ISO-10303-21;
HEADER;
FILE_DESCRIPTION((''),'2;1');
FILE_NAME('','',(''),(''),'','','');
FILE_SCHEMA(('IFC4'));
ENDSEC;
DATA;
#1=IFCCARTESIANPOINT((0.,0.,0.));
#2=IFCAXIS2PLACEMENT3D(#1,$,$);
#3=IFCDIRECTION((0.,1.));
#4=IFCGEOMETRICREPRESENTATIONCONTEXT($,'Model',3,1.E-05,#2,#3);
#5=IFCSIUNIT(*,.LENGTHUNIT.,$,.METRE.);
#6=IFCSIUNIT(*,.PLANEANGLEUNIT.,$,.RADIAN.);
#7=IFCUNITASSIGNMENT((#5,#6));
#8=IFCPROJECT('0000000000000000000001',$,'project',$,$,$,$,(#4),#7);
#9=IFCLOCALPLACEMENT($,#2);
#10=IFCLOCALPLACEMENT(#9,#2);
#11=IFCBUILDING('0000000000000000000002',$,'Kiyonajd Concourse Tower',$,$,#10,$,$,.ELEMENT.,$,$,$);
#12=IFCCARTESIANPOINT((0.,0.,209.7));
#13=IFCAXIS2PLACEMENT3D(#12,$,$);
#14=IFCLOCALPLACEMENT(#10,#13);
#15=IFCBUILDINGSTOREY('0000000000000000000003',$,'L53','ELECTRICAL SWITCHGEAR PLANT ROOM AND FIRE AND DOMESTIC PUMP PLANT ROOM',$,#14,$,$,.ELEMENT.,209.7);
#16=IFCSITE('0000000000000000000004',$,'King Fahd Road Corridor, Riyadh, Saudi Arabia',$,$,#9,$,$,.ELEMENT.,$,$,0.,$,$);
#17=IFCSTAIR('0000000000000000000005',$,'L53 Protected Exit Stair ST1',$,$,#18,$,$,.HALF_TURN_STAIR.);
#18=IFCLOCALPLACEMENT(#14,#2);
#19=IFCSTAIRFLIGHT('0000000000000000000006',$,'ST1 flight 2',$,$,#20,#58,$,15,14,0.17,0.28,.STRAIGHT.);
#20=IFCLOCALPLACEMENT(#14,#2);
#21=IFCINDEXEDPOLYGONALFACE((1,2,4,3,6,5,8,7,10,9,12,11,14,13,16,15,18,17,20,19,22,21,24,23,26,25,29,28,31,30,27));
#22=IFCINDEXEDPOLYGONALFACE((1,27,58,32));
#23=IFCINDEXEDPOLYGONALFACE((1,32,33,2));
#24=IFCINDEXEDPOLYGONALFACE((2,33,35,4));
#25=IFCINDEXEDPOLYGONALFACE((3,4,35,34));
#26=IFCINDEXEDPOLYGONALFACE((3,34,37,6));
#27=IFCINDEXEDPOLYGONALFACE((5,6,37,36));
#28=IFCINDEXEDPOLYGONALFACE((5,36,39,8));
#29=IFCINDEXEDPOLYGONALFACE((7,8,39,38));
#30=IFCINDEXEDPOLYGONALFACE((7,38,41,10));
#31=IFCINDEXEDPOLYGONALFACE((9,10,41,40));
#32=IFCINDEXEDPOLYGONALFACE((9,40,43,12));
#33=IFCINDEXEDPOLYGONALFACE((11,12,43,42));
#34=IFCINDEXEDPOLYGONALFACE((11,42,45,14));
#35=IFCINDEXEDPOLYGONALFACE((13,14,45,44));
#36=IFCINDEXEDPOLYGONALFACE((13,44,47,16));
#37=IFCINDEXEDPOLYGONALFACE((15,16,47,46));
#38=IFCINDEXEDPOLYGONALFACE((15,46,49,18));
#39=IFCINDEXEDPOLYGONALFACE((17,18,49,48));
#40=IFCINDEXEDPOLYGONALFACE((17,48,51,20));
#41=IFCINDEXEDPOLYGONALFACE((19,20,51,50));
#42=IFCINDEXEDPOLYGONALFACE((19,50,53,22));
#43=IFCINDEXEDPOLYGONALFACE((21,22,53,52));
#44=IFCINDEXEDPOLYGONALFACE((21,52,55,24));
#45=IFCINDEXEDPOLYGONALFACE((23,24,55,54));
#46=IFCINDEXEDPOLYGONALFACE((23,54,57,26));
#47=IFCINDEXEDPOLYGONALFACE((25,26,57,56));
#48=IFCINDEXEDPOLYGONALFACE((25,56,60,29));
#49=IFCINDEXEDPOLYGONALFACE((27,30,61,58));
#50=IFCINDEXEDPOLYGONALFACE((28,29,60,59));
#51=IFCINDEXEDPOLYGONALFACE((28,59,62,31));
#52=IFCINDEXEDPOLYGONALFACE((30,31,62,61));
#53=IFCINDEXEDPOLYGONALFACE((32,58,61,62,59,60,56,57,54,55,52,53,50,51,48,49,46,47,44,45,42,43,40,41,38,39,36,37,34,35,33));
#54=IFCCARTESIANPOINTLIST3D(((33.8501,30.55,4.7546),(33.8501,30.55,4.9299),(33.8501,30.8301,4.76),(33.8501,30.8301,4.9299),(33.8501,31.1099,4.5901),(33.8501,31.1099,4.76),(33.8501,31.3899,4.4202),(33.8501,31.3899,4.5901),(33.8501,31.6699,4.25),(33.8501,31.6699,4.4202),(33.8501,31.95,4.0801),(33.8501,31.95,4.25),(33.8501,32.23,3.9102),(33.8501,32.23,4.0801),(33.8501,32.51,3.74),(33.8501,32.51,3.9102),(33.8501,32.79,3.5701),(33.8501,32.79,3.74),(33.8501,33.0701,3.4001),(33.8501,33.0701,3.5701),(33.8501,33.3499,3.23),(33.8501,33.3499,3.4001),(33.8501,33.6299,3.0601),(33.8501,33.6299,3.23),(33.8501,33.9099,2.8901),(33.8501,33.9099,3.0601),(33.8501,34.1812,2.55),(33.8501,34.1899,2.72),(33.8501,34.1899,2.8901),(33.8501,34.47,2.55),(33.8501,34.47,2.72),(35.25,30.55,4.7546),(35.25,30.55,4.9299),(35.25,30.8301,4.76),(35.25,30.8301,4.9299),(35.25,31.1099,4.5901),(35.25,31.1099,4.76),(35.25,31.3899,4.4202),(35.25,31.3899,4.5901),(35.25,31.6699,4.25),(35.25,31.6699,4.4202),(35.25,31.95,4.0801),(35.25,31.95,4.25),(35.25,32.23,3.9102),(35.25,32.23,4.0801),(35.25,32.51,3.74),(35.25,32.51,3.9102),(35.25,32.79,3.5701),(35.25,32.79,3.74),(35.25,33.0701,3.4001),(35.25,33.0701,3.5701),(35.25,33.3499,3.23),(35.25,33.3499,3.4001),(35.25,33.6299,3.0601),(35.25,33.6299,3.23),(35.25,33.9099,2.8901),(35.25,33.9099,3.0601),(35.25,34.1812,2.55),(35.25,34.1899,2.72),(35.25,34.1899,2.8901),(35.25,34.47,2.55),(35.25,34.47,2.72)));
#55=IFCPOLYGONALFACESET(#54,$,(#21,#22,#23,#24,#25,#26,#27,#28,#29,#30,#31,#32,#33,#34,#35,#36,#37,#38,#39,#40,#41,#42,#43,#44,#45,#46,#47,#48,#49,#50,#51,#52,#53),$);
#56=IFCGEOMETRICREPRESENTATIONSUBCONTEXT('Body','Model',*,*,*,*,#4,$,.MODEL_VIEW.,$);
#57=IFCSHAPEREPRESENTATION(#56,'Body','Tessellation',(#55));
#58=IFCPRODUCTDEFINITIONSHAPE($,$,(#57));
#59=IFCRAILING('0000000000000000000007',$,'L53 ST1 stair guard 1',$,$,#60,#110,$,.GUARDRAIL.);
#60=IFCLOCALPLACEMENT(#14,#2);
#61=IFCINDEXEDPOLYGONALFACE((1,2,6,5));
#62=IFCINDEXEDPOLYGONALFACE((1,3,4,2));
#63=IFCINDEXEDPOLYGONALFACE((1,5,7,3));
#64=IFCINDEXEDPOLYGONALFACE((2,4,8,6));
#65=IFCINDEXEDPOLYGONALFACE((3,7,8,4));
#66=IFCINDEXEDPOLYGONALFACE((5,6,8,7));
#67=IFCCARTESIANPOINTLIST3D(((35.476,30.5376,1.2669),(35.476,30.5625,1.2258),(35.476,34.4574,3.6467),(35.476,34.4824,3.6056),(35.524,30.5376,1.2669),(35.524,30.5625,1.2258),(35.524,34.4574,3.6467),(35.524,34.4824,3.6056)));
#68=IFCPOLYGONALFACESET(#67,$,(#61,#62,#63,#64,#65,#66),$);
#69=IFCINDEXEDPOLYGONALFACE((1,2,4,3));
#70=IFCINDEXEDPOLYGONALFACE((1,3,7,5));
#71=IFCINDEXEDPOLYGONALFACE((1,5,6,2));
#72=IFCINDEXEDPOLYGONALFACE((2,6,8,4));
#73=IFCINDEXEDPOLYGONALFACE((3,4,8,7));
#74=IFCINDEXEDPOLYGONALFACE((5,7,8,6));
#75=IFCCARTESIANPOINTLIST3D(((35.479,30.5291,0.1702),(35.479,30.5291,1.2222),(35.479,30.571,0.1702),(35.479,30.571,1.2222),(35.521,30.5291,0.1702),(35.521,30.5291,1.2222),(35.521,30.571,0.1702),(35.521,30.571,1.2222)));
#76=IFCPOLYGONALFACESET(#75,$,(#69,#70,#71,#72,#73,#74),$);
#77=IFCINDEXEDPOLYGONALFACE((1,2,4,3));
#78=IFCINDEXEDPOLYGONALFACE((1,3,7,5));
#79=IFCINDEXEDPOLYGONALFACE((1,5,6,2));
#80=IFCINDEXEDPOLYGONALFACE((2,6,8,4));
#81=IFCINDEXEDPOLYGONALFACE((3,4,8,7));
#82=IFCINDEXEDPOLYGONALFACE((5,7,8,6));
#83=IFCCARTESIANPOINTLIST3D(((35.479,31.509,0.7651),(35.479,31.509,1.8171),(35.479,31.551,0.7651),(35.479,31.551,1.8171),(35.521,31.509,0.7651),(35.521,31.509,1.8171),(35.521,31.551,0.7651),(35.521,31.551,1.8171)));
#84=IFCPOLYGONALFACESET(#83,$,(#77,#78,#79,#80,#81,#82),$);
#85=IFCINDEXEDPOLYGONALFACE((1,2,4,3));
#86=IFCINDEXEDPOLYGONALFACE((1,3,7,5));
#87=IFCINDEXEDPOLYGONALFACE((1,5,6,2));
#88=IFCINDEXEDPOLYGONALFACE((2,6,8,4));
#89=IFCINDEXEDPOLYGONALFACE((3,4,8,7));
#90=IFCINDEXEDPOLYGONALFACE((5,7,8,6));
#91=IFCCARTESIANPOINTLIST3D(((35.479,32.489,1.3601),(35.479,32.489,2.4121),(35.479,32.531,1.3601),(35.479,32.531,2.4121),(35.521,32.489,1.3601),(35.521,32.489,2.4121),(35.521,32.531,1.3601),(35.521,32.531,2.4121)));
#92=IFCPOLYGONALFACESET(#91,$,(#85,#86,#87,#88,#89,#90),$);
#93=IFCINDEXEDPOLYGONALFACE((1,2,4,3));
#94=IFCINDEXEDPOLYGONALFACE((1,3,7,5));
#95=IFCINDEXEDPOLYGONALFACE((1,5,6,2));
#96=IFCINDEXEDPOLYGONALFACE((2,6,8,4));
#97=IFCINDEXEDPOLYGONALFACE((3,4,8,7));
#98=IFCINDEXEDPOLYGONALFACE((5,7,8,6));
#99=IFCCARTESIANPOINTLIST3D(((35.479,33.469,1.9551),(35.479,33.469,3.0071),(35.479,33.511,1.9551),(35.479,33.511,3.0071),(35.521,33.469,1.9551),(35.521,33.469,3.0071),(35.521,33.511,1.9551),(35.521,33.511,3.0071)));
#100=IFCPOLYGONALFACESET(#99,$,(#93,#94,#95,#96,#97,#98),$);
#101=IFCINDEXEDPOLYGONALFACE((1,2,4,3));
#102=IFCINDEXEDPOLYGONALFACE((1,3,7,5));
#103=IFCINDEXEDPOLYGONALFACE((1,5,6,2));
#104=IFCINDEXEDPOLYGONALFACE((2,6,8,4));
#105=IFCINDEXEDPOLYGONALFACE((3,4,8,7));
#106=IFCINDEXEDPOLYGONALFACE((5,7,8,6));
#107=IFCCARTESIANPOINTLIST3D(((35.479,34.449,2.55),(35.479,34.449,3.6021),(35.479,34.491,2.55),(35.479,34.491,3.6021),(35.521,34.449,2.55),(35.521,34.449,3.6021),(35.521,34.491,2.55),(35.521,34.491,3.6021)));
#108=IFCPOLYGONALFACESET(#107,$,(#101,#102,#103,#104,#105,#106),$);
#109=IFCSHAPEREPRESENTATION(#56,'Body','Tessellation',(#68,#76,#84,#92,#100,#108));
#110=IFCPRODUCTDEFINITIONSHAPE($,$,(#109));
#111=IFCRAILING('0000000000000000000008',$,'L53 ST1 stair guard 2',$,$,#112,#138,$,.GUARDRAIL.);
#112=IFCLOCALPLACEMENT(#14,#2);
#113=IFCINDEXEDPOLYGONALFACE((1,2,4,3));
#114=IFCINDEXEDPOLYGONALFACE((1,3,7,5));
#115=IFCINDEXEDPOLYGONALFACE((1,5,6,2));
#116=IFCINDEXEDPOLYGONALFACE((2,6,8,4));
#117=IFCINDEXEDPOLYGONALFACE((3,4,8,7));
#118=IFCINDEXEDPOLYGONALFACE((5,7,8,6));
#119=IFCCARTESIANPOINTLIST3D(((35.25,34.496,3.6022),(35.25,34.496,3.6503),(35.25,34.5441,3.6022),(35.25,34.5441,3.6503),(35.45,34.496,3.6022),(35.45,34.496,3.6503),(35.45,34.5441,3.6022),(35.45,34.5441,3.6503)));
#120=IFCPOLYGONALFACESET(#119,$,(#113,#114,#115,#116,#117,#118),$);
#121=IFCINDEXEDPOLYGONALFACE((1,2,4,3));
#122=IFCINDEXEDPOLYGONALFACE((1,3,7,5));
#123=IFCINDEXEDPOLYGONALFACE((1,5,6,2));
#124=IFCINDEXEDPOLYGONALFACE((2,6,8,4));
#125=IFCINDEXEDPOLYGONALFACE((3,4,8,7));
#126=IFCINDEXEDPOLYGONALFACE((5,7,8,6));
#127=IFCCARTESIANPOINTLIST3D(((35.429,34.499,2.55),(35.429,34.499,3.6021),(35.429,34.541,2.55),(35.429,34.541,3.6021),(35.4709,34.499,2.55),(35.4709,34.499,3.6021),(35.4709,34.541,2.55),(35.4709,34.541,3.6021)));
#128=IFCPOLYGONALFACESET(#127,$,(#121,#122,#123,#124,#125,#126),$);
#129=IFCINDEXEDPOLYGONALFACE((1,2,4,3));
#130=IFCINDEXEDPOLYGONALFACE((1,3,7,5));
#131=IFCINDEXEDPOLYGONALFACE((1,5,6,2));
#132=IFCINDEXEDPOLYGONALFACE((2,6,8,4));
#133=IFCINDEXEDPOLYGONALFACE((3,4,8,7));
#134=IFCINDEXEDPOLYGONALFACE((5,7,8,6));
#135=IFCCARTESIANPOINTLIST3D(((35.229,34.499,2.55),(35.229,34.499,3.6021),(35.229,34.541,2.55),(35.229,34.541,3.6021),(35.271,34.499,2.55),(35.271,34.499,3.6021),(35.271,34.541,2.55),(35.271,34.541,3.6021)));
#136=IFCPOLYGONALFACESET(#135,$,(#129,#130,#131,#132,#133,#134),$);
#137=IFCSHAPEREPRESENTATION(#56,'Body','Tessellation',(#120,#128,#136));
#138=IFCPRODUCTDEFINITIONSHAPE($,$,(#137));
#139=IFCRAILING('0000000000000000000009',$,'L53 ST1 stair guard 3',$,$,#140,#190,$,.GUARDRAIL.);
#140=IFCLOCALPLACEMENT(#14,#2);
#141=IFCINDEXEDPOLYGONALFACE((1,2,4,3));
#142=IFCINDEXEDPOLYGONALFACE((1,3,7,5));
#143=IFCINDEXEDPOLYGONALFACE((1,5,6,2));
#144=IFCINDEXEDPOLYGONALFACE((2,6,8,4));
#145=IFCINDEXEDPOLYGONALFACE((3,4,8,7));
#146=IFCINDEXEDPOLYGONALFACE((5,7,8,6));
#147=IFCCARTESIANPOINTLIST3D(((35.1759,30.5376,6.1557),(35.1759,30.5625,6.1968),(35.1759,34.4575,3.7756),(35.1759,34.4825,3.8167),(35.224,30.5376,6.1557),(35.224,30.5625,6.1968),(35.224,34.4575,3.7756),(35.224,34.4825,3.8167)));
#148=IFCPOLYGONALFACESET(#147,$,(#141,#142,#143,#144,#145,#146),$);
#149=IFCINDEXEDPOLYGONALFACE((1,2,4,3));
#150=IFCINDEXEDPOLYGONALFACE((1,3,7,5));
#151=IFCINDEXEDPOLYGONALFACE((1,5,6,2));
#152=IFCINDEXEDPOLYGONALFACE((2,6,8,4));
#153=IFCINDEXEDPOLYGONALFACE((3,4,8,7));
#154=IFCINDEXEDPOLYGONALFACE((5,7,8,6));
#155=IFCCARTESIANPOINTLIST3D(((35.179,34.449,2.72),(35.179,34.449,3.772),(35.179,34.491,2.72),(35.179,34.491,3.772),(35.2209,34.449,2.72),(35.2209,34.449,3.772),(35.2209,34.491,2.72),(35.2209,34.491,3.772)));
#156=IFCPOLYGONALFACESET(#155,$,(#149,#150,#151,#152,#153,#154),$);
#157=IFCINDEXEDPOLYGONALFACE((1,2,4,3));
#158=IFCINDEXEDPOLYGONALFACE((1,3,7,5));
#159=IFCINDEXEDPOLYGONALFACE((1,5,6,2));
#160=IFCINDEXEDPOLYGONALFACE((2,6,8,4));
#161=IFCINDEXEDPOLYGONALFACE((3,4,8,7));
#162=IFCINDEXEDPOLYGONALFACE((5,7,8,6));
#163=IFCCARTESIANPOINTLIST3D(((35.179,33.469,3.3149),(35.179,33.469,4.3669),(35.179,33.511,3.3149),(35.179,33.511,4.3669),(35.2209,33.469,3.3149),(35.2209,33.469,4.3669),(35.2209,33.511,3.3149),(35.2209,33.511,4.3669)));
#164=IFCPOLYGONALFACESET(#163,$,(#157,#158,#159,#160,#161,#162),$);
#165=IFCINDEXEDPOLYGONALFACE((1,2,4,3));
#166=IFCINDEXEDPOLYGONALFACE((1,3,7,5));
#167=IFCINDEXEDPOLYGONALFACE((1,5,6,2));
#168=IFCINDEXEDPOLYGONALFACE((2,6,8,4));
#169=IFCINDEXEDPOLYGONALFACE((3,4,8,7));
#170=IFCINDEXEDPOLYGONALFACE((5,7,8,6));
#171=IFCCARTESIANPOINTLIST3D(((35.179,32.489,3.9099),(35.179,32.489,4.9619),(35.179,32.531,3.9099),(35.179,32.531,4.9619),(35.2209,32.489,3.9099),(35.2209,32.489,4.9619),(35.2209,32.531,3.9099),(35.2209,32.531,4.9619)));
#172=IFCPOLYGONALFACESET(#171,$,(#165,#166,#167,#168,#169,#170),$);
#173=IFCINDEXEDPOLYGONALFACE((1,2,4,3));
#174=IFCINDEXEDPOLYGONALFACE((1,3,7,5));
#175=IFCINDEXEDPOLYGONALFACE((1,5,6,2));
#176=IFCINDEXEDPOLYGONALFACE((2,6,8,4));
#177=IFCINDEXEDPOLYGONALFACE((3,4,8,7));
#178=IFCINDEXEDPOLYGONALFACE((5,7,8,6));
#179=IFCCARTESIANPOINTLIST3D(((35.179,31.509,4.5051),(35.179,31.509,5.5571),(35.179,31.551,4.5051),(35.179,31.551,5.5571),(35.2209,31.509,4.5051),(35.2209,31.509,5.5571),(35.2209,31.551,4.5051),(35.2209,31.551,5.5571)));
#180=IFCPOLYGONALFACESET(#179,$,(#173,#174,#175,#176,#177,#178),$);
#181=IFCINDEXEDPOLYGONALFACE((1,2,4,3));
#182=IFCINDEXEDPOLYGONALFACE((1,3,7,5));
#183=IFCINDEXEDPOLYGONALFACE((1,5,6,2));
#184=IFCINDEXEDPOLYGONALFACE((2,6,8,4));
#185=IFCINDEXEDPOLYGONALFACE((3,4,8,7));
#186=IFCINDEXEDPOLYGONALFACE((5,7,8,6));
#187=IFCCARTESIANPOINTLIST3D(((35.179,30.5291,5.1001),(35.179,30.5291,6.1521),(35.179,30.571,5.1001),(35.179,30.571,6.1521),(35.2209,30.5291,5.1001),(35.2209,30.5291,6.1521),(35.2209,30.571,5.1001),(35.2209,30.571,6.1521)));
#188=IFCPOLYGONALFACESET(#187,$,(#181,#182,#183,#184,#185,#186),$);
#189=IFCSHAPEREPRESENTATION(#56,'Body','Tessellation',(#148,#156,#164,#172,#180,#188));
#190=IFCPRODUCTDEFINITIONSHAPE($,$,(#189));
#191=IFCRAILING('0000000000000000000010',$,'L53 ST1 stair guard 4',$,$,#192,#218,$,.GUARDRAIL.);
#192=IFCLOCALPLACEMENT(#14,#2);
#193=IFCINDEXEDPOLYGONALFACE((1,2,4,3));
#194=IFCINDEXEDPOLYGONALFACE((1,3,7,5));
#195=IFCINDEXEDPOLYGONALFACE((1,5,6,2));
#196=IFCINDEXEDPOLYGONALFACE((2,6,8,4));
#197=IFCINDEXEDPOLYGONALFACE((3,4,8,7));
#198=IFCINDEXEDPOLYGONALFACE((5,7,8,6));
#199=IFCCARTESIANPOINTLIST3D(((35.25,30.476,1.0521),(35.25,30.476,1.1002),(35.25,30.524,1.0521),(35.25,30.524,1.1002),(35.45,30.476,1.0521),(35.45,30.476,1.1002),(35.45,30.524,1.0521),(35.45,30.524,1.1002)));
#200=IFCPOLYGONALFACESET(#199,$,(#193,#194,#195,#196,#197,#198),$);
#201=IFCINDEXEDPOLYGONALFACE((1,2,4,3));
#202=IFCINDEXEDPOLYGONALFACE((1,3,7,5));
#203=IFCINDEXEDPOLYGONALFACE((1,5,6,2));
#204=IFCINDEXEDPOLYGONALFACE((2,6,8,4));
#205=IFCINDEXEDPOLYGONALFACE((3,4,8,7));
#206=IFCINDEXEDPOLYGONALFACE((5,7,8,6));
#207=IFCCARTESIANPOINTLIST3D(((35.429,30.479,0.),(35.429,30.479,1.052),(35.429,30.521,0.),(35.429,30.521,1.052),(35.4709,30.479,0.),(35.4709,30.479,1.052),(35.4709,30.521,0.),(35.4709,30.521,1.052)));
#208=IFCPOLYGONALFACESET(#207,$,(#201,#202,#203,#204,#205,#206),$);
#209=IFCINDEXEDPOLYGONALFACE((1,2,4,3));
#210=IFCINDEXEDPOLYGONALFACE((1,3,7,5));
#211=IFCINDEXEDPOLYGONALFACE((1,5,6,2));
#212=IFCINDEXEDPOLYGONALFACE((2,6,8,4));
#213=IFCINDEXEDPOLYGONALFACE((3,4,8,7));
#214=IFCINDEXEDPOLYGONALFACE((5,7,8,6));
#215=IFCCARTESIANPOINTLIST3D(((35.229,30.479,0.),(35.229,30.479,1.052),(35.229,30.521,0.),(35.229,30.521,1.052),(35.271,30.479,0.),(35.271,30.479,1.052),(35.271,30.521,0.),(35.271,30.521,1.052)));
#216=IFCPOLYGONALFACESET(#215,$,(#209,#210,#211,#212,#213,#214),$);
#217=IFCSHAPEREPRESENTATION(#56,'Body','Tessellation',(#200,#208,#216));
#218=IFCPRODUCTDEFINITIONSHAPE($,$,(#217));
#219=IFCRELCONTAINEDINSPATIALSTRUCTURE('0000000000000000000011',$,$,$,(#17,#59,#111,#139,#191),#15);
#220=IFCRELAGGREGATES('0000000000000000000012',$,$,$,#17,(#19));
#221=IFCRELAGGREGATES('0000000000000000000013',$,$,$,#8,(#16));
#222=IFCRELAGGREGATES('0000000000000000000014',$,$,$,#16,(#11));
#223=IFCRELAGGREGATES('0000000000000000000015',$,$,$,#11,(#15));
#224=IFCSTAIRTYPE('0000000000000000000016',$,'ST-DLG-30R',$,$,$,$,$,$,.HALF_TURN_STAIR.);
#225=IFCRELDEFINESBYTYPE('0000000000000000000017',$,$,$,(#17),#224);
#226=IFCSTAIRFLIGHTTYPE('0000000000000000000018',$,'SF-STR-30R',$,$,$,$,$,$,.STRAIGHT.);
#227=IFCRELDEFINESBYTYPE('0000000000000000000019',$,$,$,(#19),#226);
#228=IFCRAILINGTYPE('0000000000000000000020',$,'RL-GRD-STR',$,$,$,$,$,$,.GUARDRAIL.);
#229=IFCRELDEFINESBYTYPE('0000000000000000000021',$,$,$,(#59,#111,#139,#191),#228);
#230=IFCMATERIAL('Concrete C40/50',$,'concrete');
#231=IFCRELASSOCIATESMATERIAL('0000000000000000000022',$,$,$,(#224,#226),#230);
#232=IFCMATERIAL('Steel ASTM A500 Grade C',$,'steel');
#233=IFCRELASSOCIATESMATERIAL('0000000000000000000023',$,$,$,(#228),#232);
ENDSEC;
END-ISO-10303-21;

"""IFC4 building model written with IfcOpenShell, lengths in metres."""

from ifc_helpers import new_model, si_unit, direction, frame, origin, origin_2d, place, context, subcontext, project, spatial, polyline, rectangle, outline, extrude, material, type_object, element, aggregate, save


model = new_model("IFC4")

# Units and contexts
model_context = context("Model", 3, precision=1e-05, world=origin(), true_north=direction((0.0, 1.0)))
body_context = subcontext(model_context, "Body", "Model", "MODEL_VIEW")
ifc_project = project(units=[si_unit("LENGTHUNIT", "METRE"), si_unit("PLANEANGLEUNIT", "RADIAN")], contexts=[model_context])

# Site, building, storey
site_placement = place(None, origin())
site = spatial("IfcSite", under=ifc_project, at=site_placement, Name="King Fahd Road Corridor, Riyadh, Saudi Arabia", CompositionType="ELEMENT", RefElevation=0.0)
building_placement = place(site_placement, origin())
building = spatial("IfcBuilding", under=site, at=building_placement, Name="Kiyonajd Concourse Tower", CompositionType="ELEMENT")
storey_placement = place(building_placement, frame((0.0, 0.0, 209.7)))
storey = spatial("IfcBuildingStorey", under=building, at=storey_placement, Name="L53", Description="ELECTRICAL SWITCHGEAR PLANT ROOM AND FIRE AND DOMESTIC PUMP PLANT ROOM", CompositionType="ELEMENT", Elevation=209.7)

# Stair, stair flight
ifc_material_1 = material(Name="Concrete C40/50", Category="concrete")
stair_type = type_object("IfcStairType", Name="ST-DLG-30R", PredefinedType="HALF_TURN_STAIR", material=ifc_material_1)
stair_placement = place(storey_placement, origin())
stair = element("IfcStair", 1, at=stair_placement, inside=storey, type_object=stair_type, Name="L53 Protected Exit Stair ST1", PredefinedType="HALF_TURN_STAIR")
stair_flight_type = type_object("IfcStairFlightType", Name="SF-STR-30R", PredefinedType="STRAIGHT", material=ifc_material_1)
stair_flight_1_placement = place(storey_placement, frame((34.55, 34.47, 2.55), z_axis=(0.0, 0.0, 1.0), x_axis=(0.0, -1.0, 0.0)))
stair_flight_1 = element("IfcStairFlight", 2, at=stair_flight_1_placement, type_object=stair_flight_type, Name="ST1 flight 2", NumberOfRisers=15, NumberOfTreads=14, PredefinedType="STRAIGHT", RiserHeight=0.17, TreadLength=0.28, context=body_context, shape_type="SweptSolid", body=[
    extrude(outline(polyline([(0.0, 0.0), (0.0, 0.1699), (0.28, 0.1699), (0.28, 0.3401), (0.5601, 0.3401), (0.5601, 0.51), (0.8401, 0.51), (0.8401, 0.6799), (1.1201, 0.6799), (1.1201, 0.8501), (1.3999, 0.8501), (1.3999, 1.02), (1.6799, 1.02), (1.6799, 1.1899), (1.96, 1.1899), (1.96, 1.3601), (2.24, 1.3601), (2.24, 1.53), (2.52, 1.53), (2.52, 1.7), (2.8, 1.7), (2.8, 1.8701), (3.0801, 1.8701), (3.0801, 2.04), (3.3601, 2.04), (3.3601, 2.21), (3.6399, 2.21), (3.6399, 2.3799), (3.9199, 2.3799), (3.9199, 2.55), (3.9199, 2.2046), (0.2888, 0.0), (0.0, 0.0)])), frame((0.0, 0.7, 0.0), z_axis=(0.0, -1.0, 0.0), x_axis=(1.0, 0.0, 0.0)), (0.0, 0.0, 1.0), 1.3999),
])
aggregate(stair, [stair_flight_1])

# Railings
ifc_material_2 = material(Name="Steel ASTM A500 Grade C", Category="steel")
railing_type_1 = type_object("IfcRailingType", Name="RL-GRD-STR", PredefinedType="GUARDRAIL", material=ifc_material_2)
railing_1_placement = place(storey_placement, frame((35.5, 30.55, 0.1702)))
element("IfcRailing", 3, at=railing_1_placement, inside=storey, type_object=railing_type_1, Name="L53 ST1 stair guard 1", PredefinedType="GUARDRAIL", context=body_context, shape_type="SweptSolid", body=[
    extrude(rectangle(XDim=0.0481, YDim=0.0481, at=origin_2d()), frame((0.0, 0.0, 1.0762), z_axis=(0.0, 0.854794, 0.518967), x_axis=(-1.0, 0.0, 0.0)), (0.0, 0.0, 1.0), 4.5857),
    extrude(rectangle(XDim=0.042, YDim=0.042, at=origin_2d()), origin(), (0.0, 0.0, 1.0), 1.052),
    extrude(rectangle(XDim=0.042, YDim=0.042, at=origin_2d()), frame((0.0, 0.98, 0.595)), (0.0, 0.0, 1.0), 1.052),
    extrude(rectangle(XDim=0.042, YDim=0.042, at=origin_2d()), frame((0.0, 1.96, 1.1899)), (0.0, 0.0, 1.0), 1.052),
    extrude(rectangle(XDim=0.042, YDim=0.042, at=origin_2d()), frame((0.0, 2.9399, 1.7849)), (0.0, 0.0, 1.0), 1.052),
    extrude(rectangle(XDim=0.042, YDim=0.042, at=origin_2d()), frame((0.0, 3.9199, 2.3799)), (0.0, 0.0, 1.0), 1.052),
])
railing_2_placement = place(storey_placement, frame((35.45, 34.52, 2.55)))
element("IfcRailing", 4, at=railing_2_placement, inside=storey, type_object=railing_type_1, Name="L53 ST1 stair guard 2", PredefinedType="GUARDRAIL", context=body_context, shape_type="SweptSolid", body=[
    extrude(rectangle(XDim=0.0481, YDim=0.0481, at=origin_2d()), frame((0.0, 0.0, 1.0762), z_axis=(-1.0, 0.0, 0.0), x_axis=(0.0, -1.0, 0.0)), (0.0, 0.0, 1.0), 0.2),
    extrude(rectangle(XDim=0.042, YDim=0.042, at=origin_2d()), origin(), (0.0, 0.0, 1.0), 1.052),
    extrude(rectangle(XDim=0.042, YDim=0.042, at=origin_2d()), frame((-0.2, 0.0, 0.0)), (0.0, 0.0, 1.0), 1.052),
])
railing_3_placement = place(storey_placement, frame((35.2, 34.47, 2.72)))
element("IfcRailing", 5, at=railing_3_placement, inside=storey, type_object=railing_type_1, Name="L53 ST1 stair guard 3", PredefinedType="GUARDRAIL", context=body_context, shape_type="SweptSolid", body=[
    extrude(rectangle(XDim=0.0481, YDim=0.0481, at=origin_2d()), frame((0.0, 0.0, 1.0762), z_axis=(0.0, -0.854771, 0.519006), x_axis=(1.0, 0.0, 0.0)), (0.0, 0.0, 1.0), 4.5859),
    extrude(rectangle(XDim=0.042, YDim=0.042, at=origin_2d()), origin(), (0.0, 0.0, 1.0), 1.052),
    extrude(rectangle(XDim=0.042, YDim=0.042, at=origin_2d()), frame((0.0, -0.98, 0.595)), (0.0, 0.0, 1.0), 1.052),
    extrude(rectangle(XDim=0.042, YDim=0.042, at=origin_2d()), frame((0.0, -1.96, 1.1899)), (0.0, 0.0, 1.0), 1.052),
    extrude(rectangle(XDim=0.042, YDim=0.042, at=origin_2d()), frame((0.0, -2.9399, 1.7852)), (0.0, 0.0, 1.0), 1.052),
    extrude(rectangle(XDim=0.042, YDim=0.042, at=origin_2d()), frame((0.0, -3.9199, 2.3801)), (0.0, 0.0, 1.0), 1.052),
])
railing_4_placement = place(storey_placement, frame((35.45, 30.5, 0.0)))
element("IfcRailing", 6, at=railing_4_placement, inside=storey, type_object=railing_type_1, Name="L53 ST1 stair guard 4", PredefinedType="GUARDRAIL", context=body_context, shape_type="SweptSolid", body=[
    extrude(rectangle(XDim=0.0481, YDim=0.0481, at=origin_2d()), frame((0.0, 0.0, 1.0762), z_axis=(-1.0, 0.0, 0.0), x_axis=(0.0, -1.0, 0.0)), (0.0, 0.0, 1.0), 0.2),
    extrude(rectangle(XDim=0.042, YDim=0.042, at=origin_2d()), origin(), (0.0, 0.0, 1.0), 1.052),
    extrude(rectangle(XDim=0.042, YDim=0.042, at=origin_2d()), frame((-0.2, 0.0, 0.0)), (0.0, 0.0, 1.0), 1.052),
])

save(model, "model.ifc")
